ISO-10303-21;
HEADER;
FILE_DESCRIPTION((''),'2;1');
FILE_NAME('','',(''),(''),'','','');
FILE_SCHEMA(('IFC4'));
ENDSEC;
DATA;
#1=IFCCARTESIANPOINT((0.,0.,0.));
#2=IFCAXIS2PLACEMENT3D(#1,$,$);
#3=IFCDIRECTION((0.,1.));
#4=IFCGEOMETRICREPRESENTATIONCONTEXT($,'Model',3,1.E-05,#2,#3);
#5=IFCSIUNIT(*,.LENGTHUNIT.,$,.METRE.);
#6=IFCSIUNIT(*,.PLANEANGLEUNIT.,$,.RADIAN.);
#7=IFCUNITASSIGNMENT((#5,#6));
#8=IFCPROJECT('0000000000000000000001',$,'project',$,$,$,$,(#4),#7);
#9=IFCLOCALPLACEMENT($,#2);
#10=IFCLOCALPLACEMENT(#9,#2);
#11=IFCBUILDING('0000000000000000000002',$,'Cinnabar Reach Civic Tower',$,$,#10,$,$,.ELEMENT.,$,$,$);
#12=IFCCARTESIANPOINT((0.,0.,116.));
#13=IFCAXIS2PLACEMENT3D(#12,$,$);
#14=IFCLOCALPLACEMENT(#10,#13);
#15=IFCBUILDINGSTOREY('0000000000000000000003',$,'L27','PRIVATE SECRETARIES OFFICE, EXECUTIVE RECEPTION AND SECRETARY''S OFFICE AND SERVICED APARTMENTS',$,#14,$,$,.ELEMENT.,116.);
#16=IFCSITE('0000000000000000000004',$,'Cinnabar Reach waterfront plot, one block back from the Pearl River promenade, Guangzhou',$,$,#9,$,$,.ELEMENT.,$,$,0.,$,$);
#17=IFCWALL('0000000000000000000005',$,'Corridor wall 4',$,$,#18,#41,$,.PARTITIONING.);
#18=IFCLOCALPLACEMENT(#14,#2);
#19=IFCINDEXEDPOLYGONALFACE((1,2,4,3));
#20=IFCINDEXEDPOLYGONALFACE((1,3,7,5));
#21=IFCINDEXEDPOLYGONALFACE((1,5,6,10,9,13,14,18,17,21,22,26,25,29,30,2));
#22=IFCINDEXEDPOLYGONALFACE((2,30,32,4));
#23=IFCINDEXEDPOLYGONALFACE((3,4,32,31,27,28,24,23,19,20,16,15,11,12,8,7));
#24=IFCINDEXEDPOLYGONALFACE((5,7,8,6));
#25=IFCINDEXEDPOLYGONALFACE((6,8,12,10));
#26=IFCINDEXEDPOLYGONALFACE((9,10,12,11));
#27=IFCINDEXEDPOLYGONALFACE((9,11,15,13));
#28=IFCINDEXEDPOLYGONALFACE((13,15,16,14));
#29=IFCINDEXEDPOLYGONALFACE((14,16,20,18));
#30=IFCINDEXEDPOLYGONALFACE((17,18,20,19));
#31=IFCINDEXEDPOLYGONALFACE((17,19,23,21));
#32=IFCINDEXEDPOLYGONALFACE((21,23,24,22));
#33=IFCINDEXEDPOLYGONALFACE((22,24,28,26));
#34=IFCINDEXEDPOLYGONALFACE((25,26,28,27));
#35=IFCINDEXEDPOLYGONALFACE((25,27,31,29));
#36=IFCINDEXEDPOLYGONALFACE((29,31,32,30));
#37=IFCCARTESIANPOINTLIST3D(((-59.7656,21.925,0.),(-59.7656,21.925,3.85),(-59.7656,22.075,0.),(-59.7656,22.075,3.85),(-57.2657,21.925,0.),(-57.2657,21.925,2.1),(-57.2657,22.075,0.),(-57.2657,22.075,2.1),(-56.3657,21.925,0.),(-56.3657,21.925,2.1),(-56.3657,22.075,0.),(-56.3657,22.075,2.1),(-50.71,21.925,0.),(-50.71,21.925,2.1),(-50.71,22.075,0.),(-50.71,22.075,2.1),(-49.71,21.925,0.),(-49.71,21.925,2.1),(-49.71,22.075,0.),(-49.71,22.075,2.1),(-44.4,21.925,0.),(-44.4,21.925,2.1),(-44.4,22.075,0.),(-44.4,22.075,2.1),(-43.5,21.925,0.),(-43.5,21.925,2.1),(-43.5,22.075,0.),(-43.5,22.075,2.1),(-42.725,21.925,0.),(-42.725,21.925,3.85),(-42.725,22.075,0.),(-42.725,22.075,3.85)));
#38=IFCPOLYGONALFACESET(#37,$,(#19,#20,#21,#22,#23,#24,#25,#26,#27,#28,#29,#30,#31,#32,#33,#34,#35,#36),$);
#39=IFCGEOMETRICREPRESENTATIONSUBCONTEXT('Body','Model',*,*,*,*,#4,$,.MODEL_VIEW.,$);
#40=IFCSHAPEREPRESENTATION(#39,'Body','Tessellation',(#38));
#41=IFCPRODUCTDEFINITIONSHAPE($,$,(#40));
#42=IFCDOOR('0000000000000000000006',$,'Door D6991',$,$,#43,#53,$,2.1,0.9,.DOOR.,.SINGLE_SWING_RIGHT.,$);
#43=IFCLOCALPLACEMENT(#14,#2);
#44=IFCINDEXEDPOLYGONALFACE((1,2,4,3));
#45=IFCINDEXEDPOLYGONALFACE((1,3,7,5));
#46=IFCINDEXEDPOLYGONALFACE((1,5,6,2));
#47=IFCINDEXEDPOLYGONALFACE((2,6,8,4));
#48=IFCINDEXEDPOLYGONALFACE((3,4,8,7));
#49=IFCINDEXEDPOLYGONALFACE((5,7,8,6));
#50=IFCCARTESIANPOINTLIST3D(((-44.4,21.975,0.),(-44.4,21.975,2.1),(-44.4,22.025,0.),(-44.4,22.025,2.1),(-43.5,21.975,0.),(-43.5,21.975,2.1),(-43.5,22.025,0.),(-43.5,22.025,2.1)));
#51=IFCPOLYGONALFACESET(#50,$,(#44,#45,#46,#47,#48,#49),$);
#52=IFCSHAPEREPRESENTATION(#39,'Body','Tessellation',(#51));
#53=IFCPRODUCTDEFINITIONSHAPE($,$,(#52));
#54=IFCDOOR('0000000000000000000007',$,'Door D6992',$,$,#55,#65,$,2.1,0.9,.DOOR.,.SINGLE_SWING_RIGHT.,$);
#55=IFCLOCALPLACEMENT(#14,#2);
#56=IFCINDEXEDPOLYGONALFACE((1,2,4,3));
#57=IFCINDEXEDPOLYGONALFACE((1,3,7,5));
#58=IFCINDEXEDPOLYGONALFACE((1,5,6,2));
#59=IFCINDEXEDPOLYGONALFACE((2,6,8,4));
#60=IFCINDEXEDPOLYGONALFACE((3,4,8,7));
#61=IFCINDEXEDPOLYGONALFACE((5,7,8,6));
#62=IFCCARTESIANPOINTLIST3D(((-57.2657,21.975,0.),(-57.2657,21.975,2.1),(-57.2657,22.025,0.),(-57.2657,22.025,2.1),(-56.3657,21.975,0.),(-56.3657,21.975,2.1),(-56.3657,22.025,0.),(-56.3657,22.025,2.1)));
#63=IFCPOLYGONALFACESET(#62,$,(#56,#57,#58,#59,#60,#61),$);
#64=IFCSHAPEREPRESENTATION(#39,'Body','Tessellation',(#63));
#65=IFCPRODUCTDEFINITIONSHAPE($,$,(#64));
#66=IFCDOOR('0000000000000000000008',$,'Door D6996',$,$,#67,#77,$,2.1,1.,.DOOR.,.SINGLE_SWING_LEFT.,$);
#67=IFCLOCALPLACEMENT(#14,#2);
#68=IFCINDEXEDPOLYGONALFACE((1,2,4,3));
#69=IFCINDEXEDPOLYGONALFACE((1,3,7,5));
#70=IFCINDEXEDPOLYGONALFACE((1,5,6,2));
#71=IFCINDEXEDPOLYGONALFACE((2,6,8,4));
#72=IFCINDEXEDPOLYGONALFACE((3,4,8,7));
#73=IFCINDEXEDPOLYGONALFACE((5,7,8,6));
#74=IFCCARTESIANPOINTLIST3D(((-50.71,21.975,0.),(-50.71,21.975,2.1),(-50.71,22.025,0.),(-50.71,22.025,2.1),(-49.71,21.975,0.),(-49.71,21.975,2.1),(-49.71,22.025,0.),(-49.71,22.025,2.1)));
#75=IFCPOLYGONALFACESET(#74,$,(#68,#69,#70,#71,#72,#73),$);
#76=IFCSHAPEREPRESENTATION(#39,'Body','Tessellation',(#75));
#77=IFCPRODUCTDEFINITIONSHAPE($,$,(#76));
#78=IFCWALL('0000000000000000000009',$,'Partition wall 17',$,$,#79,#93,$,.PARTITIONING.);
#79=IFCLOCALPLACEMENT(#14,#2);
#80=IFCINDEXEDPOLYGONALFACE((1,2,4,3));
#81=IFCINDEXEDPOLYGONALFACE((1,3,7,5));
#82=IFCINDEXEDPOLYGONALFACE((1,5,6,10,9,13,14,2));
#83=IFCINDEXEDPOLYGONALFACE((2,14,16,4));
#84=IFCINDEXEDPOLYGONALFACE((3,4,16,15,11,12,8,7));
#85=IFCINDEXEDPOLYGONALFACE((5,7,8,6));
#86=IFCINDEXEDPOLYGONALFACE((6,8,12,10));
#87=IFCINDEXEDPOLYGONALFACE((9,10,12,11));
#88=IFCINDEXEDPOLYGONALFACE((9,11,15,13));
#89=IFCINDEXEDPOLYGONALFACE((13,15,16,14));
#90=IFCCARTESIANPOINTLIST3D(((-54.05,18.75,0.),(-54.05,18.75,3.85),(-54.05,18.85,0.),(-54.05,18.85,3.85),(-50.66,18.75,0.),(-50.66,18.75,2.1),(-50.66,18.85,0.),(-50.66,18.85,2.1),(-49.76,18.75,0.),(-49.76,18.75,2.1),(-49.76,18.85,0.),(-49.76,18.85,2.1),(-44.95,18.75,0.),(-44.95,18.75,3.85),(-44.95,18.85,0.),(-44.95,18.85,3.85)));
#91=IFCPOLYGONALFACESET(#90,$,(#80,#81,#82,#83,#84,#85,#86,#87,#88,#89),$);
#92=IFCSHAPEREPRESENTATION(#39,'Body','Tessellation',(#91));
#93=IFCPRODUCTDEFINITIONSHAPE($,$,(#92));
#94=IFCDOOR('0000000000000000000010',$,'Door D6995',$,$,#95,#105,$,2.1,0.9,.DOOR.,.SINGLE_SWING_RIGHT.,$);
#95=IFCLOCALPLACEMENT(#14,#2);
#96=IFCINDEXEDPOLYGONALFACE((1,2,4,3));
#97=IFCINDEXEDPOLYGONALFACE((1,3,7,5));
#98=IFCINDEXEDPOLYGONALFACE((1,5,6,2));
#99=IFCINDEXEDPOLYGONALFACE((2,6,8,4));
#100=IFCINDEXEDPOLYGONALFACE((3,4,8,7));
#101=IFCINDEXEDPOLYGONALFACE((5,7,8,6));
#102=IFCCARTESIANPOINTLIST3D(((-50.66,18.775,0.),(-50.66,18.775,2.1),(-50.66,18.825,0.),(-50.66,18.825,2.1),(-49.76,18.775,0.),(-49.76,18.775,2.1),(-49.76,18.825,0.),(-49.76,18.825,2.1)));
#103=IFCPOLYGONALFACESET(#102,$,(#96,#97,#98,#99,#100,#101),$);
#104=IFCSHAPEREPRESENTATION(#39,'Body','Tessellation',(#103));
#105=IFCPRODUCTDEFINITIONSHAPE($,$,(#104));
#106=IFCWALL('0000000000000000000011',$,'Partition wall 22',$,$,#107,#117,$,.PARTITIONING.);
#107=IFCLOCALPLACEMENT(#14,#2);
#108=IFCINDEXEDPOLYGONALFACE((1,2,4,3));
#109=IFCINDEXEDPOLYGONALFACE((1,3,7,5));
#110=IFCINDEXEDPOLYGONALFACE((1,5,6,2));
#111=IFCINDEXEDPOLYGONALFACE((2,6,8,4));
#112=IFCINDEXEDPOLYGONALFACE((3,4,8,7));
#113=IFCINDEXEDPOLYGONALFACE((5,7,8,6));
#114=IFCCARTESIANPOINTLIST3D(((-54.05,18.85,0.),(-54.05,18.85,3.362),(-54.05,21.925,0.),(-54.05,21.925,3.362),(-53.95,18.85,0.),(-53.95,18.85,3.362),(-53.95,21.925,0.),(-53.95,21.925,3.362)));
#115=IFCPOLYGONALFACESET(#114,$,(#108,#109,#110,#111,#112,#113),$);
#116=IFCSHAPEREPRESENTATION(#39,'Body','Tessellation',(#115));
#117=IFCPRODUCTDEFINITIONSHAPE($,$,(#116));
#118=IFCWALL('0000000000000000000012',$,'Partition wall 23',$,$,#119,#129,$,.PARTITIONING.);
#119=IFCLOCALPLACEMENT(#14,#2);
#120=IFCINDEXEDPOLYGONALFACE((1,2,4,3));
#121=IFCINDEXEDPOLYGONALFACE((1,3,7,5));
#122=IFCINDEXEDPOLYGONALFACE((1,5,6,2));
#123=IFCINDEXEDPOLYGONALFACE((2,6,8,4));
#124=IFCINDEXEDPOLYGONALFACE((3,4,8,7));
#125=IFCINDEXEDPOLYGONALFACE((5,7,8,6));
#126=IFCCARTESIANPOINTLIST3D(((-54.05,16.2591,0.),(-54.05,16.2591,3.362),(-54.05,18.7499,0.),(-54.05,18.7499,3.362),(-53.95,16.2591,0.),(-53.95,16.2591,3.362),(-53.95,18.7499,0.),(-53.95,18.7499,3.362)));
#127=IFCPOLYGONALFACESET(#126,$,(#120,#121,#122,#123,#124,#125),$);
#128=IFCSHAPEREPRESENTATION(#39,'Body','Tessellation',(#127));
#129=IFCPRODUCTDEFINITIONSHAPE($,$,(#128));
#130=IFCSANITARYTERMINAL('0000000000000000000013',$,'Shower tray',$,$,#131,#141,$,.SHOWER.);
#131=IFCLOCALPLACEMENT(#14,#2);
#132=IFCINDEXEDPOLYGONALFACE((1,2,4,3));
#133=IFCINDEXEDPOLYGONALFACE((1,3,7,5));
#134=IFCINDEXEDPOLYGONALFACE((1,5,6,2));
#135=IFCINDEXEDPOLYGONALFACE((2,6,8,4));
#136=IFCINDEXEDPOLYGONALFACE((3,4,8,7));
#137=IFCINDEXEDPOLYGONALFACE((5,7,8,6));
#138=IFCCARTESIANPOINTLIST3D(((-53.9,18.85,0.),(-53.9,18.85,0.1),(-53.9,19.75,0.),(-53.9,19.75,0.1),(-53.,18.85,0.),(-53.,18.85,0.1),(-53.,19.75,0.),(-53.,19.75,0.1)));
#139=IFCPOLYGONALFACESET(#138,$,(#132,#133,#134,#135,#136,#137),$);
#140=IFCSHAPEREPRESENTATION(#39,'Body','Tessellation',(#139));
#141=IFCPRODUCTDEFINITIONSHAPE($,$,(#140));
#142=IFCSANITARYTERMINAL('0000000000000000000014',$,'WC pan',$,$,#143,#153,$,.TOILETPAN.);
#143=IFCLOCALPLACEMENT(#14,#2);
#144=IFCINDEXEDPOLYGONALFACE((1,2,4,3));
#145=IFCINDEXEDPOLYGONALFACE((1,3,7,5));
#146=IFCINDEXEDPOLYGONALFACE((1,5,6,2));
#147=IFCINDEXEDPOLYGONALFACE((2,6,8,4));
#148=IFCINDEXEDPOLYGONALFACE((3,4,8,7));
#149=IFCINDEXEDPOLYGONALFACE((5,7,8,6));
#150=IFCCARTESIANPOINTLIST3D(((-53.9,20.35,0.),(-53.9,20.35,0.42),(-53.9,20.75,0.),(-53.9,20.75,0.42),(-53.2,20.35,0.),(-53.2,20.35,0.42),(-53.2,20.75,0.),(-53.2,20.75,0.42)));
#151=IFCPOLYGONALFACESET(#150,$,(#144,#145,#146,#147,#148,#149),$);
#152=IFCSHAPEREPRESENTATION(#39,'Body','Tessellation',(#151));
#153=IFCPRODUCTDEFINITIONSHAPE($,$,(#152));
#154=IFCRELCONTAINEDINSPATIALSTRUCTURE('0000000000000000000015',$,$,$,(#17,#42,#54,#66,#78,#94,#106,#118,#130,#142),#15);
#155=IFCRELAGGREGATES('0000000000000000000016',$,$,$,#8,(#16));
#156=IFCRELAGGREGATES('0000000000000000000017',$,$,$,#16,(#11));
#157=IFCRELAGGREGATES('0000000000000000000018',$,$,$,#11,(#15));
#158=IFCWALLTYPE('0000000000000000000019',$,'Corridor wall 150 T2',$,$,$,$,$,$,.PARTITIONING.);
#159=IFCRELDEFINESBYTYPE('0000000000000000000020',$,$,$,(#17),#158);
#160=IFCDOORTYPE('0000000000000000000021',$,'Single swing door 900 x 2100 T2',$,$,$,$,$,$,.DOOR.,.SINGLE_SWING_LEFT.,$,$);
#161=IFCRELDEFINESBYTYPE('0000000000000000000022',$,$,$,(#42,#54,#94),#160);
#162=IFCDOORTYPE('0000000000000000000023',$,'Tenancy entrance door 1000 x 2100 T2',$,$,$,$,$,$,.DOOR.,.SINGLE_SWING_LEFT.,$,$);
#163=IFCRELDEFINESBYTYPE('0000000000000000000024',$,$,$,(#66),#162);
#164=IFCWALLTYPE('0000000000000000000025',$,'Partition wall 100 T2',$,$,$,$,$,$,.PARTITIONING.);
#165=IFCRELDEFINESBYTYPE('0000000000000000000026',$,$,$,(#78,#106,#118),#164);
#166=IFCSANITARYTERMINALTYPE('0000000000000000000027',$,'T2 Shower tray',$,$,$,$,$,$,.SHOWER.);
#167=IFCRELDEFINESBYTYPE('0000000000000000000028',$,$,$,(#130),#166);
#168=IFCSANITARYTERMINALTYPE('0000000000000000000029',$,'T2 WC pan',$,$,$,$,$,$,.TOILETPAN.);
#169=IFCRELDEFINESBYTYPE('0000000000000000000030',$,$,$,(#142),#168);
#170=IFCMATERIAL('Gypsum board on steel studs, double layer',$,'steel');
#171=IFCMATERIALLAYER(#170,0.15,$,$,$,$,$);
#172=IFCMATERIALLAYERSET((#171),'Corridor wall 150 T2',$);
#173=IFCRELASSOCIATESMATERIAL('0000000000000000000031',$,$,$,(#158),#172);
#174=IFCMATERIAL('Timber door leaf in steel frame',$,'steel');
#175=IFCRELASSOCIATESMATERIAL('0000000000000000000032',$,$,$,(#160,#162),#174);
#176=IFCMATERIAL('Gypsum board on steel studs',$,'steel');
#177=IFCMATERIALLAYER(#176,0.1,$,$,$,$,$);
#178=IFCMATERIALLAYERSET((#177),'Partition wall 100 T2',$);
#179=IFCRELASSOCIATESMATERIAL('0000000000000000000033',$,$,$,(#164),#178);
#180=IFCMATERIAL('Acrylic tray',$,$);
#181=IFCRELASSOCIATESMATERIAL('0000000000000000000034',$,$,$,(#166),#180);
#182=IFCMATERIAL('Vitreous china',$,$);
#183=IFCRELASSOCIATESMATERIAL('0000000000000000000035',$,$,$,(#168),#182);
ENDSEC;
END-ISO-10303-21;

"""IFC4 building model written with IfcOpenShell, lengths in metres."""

from ifc_helpers import new_model, si_unit, direction, frame, frame_2d, origin, origin_2d, place, context, subcontext, project, spatial, rectangle, extrude, material, layer, layer_set, type_object, element, fill, save


model = new_model("IFC4")

# Units and contexts
model_context = context("Model", 3, precision=1e-05, world=origin(), true_north=direction((0.0, 1.0)))
body_context = subcontext(model_context, "Body", "Model", "MODEL_VIEW")
ifc_project = project(units=[si_unit("LENGTHUNIT", "METRE"), si_unit("PLANEANGLEUNIT", "RADIAN")], contexts=[model_context])

# Site, building, storey
site_placement = place(None, origin())
site = spatial("IfcSite", under=ifc_project, at=site_placement, Name="Cinnabar Reach waterfront plot, one block back from the Pearl River promenade, Guangzhou", CompositionType="ELEMENT", RefElevation=0.0)
building_placement = place(site_placement, origin())
building = spatial("IfcBuilding", under=site, at=building_placement, Name="Cinnabar Reach Civic Tower", CompositionType="ELEMENT")
storey_placement = place(building_placement, frame((0.0, 0.0, 116.0)))
storey = spatial("IfcBuildingStorey", under=building, at=storey_placement, Name="L27", Description="PRIVATE SECRETARIES OFFICE, EXECUTIVE RECEPTION AND SECRETARY'S OFFICE AND SERVICED APARTMENTS", CompositionType="ELEMENT", Elevation=116.0)

# Wall, openings, doors
ifc_material_1 = material(Name="Gypsum board on steel studs, double layer", Category="steel")
ifc_layer_1 = layer(ifc_material_1, 0.15)
ifc_layer_set_1 = layer_set([ifc_layer_1], Name="Corridor wall 150 T2")
wall_type_1 = type_object("IfcWallType", Name="Corridor wall 150 T2", PredefinedType="PARTITIONING", material=ifc_layer_set_1)
wall_1_placement = place(storey_placement, frame((-59.7657, 22.0, 0.0), z_axis=(0.0, 0.0, 1.0), x_axis=(1.0, 0.0, 0.0)))
wall_1 = element("IfcWall", 1, at=wall_1_placement, inside=storey, type_object=wall_type_1, Name="Corridor wall 4", PredefinedType="PARTITIONING", context=body_context, shape_type="SweptSolid", body=[
    extrude(rectangle(XDim=17.0407, YDim=0.15, at=frame_2d((8.5204, 0.0))), origin(), (0.0, 0.0, 1.0), 3.85),
])
opening_1_placement = place(wall_1_placement, frame((15.3657, 0.0, 0.0)))
opening_1 = element("IfcOpeningElement", 2, at=opening_1_placement, cuts=wall_1, PredefinedType="OPENING", context=body_context, shape_type="SweptSolid", body=[
    extrude(rectangle(XDim=0.9, YDim=2.1, at=frame_2d((0.45, 1.05))), frame((0.0, 0.085, 0.0), z_axis=(0.0, -1.0, 0.0), x_axis=(1.0, 0.0, 0.0)), (0.0, 0.0, 1.0), 0.17),
])
opening_2_placement = place(wall_1_placement, frame((2.5, 0.0, 0.0)))
opening_2 = element("IfcOpeningElement", 3, at=opening_2_placement, cuts=wall_1, PredefinedType="OPENING", context=body_context, shape_type="SweptSolid", body=[
    extrude(rectangle(XDim=0.9, YDim=2.1, at=frame_2d((0.45, 1.05))), frame((0.0, 0.085, 0.0), z_axis=(0.0, -1.0, 0.0), x_axis=(1.0, 0.0, 0.0)), (0.0, 0.0, 1.0), 0.17),
])
opening_3_placement = place(wall_1_placement, frame((9.0557, 0.0, 0.0)))
opening_3 = element("IfcOpeningElement", 4, at=opening_3_placement, cuts=wall_1, PredefinedType="OPENING", context=body_context, shape_type="SweptSolid", body=[
    extrude(rectangle(XDim=1.0, YDim=2.1, at=frame_2d((0.5, 1.05))), frame((0.0, 0.085, 0.0), z_axis=(0.0, -1.0, 0.0), x_axis=(1.0, 0.0, 0.0)), (0.0, 0.0, 1.0), 0.17),
])
ifc_material_2 = material(Name="Timber door leaf in steel frame", Category="steel")
door_type_1 = type_object("IfcDoorType", Name="Single swing door 900 x 2100 T2", OperationType="SINGLE_SWING_LEFT", PredefinedType="DOOR", material=ifc_material_2)
door_1_placement = place(opening_1_placement, frame((0.9, 0.0, 0.0), z_axis=(0.0, 0.0, 1.0), x_axis=(-1.0, 0.0, 0.0)))
door_1 = element("IfcDoor", 5, at=door_1_placement, inside=storey, type_object=door_type_1, Name="Door D6991", OperationType="SINGLE_SWING_RIGHT", OverallHeight=2.1, OverallWidth=0.9, PredefinedType="DOOR", context=body_context, shape_type="SweptSolid", body=[
    extrude(rectangle(XDim=0.9, YDim=2.1, at=frame_2d((0.45, 1.05))), frame((0.0, 0.025, 0.0), z_axis=(0.0, -1.0, 0.0), x_axis=(1.0, 0.0, 0.0)), (0.0, 0.0, 1.0), 0.05),
])
fill(opening_1, door_1)
door_2_placement = place(opening_2_placement, frame((0.9, 0.0, 0.0), z_axis=(0.0, 0.0, 1.0), x_axis=(-1.0, 0.0, 0.0)))
door_2 = element("IfcDoor", 6, at=door_2_placement, inside=storey, type_object=door_type_1, Name="Door D6992", OperationType="SINGLE_SWING_RIGHT", OverallHeight=2.1, OverallWidth=0.9, PredefinedType="DOOR", context=body_context, shape_type="SweptSolid", body=[
    extrude(rectangle(XDim=0.9, YDim=2.1, at=frame_2d((0.45, 1.05))), frame((0.0, 0.025, 0.0), z_axis=(0.0, -1.0, 0.0), x_axis=(1.0, 0.0, 0.0)), (0.0, 0.0, 1.0), 0.05),
])
fill(opening_2, door_2)
door_type_2 = type_object("IfcDoorType", Name="Tenancy entrance door 1000 x 2100 T2", OperationType="SINGLE_SWING_LEFT", PredefinedType="DOOR", material=ifc_material_2)
door_3_placement = place(opening_3_placement, frame((1.0, 0.0, 0.0), z_axis=(0.0, 0.0, 1.0), x_axis=(-1.0, 0.0, 0.0)))
door_3 = element("IfcDoor", 7, at=door_3_placement, inside=storey, type_object=door_type_2, Name="Door D6996", OperationType="SINGLE_SWING_LEFT", OverallHeight=2.1, OverallWidth=1.0, PredefinedType="DOOR", context=body_context, shape_type="SweptSolid", body=[
    extrude(rectangle(XDim=1.0, YDim=2.1, at=frame_2d((0.5, 1.05))), frame((0.0, 0.025, 0.0), z_axis=(0.0, -1.0, 0.0), x_axis=(1.0, 0.0, 0.0)), (0.0, 0.0, 1.0), 0.05),
])
fill(opening_3, door_3)

# Wall, opening, door
ifc_material_3 = material(Name="Gypsum board on steel studs", Category="steel")
ifc_layer_2 = layer(ifc_material_3, 0.1)
ifc_layer_set_2 = layer_set([ifc_layer_2], Name="Partition wall 100 T2")
wall_type_2 = type_object("IfcWallType", Name="Partition wall 100 T2", PredefinedType="PARTITIONING", material=ifc_layer_set_2)
wall_2_placement = place(storey_placement, frame((-54.05, 18.8, 0.0), z_axis=(0.0, 0.0, 1.0), x_axis=(1.0, 0.0, 0.0)))
wall_2 = element("IfcWall", 8, at=wall_2_placement, inside=storey, type_object=wall_type_2, Name="Partition wall 17", PredefinedType="PARTITIONING", context=body_context, shape_type="SweptSolid", body=[
    extrude(rectangle(XDim=9.1, YDim=0.1, at=frame_2d((4.55, 0.0))), origin(), (0.0, 0.0, 1.0), 3.85),
])
opening_4_placement = place(wall_2_placement, frame((3.39, 0.0, 0.0)))
opening_4 = element("IfcOpeningElement", 9, at=opening_4_placement, cuts=wall_2, PredefinedType="OPENING", context=body_context, shape_type="SweptSolid", body=[
    extrude(rectangle(XDim=0.9, YDim=2.1, at=frame_2d((0.45, 1.05))), frame((0.0, 0.06, 0.0), z_axis=(0.0, -1.0, 0.0), x_axis=(1.0, 0.0, 0.0)), (0.0, 0.0, 1.0), 0.12),
])
door_4_placement = place(opening_4_placement, origin())
door_4 = element("IfcDoor", 10, at=door_4_placement, inside=storey, type_object=door_type_1, Name="Door D6995", OperationType="SINGLE_SWING_RIGHT", OverallHeight=2.1, OverallWidth=0.9, PredefinedType="DOOR", context=body_context, shape_type="SweptSolid", body=[
    extrude(rectangle(XDim=0.9, YDim=2.1, at=frame_2d((0.45, 1.05))), frame((0.0, 0.025, 0.0), z_axis=(0.0, -1.0, 0.0), x_axis=(1.0, 0.0, 0.0)), (0.0, 0.0, 1.0), 0.05),
])
fill(opening_4, door_4)

# Walls
wall_3_placement = place(storey_placement, frame((-54.0, 18.85, 0.0), z_axis=(0.0, 0.0, 1.0), x_axis=(0.0, 1.0, 0.0)))
element("IfcWall", 11, at=wall_3_placement, inside=storey, type_object=wall_type_2, Name="Partition wall 22", PredefinedType="PARTITIONING", context=body_context, shape_type="SweptSolid", body=[
    extrude(rectangle(XDim=3.075, YDim=0.1, at=frame_2d((1.5375, 0.0))), origin(), (0.0, 0.0, 1.0), 3.362),
])
wall_4_placement = place(storey_placement, frame((-54.0, 16.2591, 0.0), z_axis=(0.0, 0.0, 1.0), x_axis=(0.0, 1.0, 0.0)))
element("IfcWall", 12, at=wall_4_placement, inside=storey, type_object=wall_type_2, Name="Partition wall 23", PredefinedType="PARTITIONING", context=body_context, shape_type="SweptSolid", body=[
    extrude(rectangle(XDim=2.4909, YDim=0.1, at=frame_2d((1.2454, 0.0))), origin(), (0.0, 0.0, 1.0), 3.362),
])

# Sanitary terminals
ifc_material_4 = material(Name="Acrylic tray")
sanitary_terminal_type_1 = type_object("IfcSanitaryTerminalType", Name="T2 Shower tray", PredefinedType="SHOWER", material=ifc_material_4)
sanitary_terminal_1_placement = place(storey_placement, frame((-53.45, 19.3, 0.0), z_axis=(0.0, 0.0, 1.0), x_axis=(1.0, 0.0, 0.0)))
element("IfcSanitaryTerminal", 13, at=sanitary_terminal_1_placement, inside=storey, type_object=sanitary_terminal_type_1, Name="Shower tray", PredefinedType="SHOWER", context=body_context, shape_type="SweptSolid", body=[
    extrude(rectangle(XDim=0.9, YDim=0.9, at=origin_2d()), origin(), (0.0, 0.0, 1.0), 0.1),
])
ifc_material_5 = material(Name="Vitreous china")
sanitary_terminal_type_2 = type_object("IfcSanitaryTerminalType", Name="T2 WC pan", PredefinedType="TOILETPAN", material=ifc_material_5)
sanitary_terminal_2_placement = place(storey_placement, frame((-53.55, 20.55, 0.0), z_axis=(0.0, 0.0, 1.0), x_axis=(1.0, 0.0, 0.0)))
element("IfcSanitaryTerminal", 14, at=sanitary_terminal_2_placement, inside=storey, type_object=sanitary_terminal_type_2, Name="WC pan", PredefinedType="TOILETPAN", context=body_context, shape_type="SweptSolid", body=[
    extrude(rectangle(XDim=0.7, YDim=0.4, at=origin_2d()), origin(), (0.0, 0.0, 1.0), 0.42),
])

save(model, "model.ifc")
